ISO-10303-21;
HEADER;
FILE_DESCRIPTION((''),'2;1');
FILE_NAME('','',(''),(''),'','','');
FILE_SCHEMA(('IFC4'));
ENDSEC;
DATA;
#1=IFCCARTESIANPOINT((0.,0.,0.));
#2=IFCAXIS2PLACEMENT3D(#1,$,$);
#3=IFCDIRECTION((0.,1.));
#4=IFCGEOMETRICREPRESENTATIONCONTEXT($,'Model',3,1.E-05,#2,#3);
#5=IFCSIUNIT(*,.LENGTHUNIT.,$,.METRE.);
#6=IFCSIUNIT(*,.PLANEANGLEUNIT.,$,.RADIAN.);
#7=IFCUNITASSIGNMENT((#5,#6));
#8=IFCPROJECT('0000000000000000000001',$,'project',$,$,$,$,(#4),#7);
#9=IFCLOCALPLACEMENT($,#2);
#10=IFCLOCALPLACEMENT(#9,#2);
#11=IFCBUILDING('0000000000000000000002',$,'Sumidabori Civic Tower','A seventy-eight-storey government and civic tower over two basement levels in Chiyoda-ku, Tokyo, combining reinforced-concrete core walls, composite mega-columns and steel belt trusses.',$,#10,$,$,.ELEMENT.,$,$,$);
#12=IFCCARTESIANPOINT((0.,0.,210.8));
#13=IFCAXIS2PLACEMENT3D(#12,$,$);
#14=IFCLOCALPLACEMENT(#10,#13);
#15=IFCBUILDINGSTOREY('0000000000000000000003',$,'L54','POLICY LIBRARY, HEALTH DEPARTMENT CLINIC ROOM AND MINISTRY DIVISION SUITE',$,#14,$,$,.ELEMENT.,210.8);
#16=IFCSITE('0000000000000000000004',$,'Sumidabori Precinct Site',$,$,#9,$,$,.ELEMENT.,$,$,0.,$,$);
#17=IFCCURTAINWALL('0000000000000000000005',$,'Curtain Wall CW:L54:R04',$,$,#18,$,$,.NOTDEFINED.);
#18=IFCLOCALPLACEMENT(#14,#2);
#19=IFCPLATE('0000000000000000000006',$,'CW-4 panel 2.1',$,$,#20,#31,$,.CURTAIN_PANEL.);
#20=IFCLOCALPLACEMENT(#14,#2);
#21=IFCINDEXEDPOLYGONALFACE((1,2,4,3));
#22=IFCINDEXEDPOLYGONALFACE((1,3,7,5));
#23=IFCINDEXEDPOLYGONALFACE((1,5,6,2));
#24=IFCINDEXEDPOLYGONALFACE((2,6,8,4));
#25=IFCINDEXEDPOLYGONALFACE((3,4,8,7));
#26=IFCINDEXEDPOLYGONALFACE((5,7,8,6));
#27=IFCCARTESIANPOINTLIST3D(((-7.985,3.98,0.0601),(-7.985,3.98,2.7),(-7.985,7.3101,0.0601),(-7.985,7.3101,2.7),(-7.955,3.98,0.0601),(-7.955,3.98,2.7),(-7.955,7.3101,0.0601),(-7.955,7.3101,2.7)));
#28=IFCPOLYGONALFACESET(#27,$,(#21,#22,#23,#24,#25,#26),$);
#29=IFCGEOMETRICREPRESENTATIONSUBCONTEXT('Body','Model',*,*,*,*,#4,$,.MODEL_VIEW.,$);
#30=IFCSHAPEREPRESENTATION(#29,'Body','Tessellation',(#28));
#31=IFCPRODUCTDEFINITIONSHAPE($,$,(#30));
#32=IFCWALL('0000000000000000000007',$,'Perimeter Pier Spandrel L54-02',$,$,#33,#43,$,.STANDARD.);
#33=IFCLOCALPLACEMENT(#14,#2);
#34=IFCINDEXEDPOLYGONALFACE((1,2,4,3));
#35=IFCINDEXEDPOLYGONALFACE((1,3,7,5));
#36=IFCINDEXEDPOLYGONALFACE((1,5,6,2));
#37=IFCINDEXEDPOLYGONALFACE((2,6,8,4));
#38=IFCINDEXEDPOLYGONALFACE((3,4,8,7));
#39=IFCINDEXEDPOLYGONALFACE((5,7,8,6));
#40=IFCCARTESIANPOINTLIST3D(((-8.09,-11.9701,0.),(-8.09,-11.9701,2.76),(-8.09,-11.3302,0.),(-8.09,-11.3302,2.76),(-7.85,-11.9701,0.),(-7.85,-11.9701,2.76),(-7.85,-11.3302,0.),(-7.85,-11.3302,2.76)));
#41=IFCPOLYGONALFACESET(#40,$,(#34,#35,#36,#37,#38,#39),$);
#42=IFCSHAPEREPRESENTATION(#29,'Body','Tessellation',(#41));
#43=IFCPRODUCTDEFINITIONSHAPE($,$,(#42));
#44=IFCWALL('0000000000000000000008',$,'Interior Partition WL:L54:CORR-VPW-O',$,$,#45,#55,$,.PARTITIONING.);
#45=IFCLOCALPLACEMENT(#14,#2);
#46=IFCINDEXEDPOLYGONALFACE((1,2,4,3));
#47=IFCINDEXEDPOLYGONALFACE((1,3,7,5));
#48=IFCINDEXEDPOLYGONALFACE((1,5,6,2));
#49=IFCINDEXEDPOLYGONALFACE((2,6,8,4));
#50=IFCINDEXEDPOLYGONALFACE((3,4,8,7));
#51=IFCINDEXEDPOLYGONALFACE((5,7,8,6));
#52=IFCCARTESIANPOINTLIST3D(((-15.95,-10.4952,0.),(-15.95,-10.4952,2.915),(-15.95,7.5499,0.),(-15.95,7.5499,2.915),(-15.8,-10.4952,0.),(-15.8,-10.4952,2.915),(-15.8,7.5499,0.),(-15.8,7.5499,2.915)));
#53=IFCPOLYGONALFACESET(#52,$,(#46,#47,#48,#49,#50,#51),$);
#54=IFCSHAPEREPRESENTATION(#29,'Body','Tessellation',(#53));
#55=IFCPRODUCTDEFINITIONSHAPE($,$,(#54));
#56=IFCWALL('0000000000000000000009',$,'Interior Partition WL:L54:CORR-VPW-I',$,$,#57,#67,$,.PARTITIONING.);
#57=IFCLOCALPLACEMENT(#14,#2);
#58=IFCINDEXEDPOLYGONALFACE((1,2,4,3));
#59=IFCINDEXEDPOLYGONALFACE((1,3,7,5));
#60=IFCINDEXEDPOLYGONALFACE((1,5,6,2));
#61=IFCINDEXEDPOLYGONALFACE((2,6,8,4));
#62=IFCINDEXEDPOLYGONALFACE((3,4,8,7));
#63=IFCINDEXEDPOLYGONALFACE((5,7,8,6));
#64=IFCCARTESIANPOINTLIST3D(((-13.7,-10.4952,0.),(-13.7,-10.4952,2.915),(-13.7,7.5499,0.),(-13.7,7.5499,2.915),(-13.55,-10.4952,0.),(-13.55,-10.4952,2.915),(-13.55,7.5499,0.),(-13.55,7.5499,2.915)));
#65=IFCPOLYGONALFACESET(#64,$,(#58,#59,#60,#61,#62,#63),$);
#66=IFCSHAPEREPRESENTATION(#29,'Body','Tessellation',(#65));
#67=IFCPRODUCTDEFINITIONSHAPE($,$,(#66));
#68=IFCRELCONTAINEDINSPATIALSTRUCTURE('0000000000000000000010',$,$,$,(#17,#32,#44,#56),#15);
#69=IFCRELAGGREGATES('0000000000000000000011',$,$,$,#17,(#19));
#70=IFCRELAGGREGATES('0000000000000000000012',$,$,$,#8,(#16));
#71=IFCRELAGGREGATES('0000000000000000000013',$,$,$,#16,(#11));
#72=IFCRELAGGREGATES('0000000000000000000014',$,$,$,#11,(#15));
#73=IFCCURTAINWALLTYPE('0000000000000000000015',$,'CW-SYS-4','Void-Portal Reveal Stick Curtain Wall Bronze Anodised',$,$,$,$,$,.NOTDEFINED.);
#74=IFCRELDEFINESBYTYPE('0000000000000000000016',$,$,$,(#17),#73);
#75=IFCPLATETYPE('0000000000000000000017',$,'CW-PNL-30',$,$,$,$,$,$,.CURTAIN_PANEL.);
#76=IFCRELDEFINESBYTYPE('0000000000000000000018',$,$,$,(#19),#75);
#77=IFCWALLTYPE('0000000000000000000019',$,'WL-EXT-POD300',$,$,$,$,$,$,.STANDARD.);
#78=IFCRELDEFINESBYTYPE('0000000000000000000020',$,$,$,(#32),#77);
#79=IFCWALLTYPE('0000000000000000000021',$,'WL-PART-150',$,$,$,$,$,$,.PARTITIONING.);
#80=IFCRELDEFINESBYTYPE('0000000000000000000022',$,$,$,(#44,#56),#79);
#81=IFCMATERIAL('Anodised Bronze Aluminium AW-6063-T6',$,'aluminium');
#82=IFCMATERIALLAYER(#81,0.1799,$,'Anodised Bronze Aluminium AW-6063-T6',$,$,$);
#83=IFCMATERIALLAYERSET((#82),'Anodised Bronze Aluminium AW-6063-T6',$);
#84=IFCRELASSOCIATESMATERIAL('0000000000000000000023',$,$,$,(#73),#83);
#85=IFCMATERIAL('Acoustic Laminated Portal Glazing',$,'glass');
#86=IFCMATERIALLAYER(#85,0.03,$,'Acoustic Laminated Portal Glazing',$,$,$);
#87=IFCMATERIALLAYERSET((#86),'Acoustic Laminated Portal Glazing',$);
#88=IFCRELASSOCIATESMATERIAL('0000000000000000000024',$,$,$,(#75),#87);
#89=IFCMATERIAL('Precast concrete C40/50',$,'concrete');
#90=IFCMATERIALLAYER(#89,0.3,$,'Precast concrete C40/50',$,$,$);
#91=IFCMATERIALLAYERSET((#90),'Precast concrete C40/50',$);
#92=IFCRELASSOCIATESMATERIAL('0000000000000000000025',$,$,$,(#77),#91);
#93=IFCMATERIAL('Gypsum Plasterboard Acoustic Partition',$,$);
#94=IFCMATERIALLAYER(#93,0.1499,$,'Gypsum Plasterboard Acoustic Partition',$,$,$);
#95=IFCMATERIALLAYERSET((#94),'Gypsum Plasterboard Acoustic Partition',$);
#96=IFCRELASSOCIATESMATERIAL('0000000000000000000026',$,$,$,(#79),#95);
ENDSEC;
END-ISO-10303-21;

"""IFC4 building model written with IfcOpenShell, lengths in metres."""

from ifc_helpers import new_model, si_unit, direction, frame, frame_2d, origin, origin_2d, place, context, subcontext, project, spatial, rectangle, extrude, source, transform, mapped, material, layer, layer_set, type_object, element, aggregate, save


model = new_model("IFC4")

# Units and contexts
model_context = context("Model", 3, precision=1e-05, world=origin(), true_north=direction((0.0, 1.0)))
body_context = subcontext(model_context, "Body", "Model", "MODEL_VIEW")
ifc_project = project(units=[si_unit("LENGTHUNIT", "METRE"), si_unit("PLANEANGLEUNIT", "RADIAN")], contexts=[model_context])

# Site, building, storey
site_placement = place(None, origin())
site = spatial("IfcSite", under=ifc_project, at=site_placement, Name="Sumidabori Precinct Site", CompositionType="ELEMENT", RefElevation=0.0)
building_placement = place(site_placement, origin())
building = spatial("IfcBuilding", under=site, at=building_placement, Name="Sumidabori Civic Tower", Description="A seventy-eight-storey government and civic tower over two basement levels in Chiyoda-ku, Tokyo, combining reinforced-concrete core walls, composite mega-columns and steel belt trusses.", CompositionType="ELEMENT")
storey_placement = place(building_placement, frame((0.0, 0.0, 210.8)))
storey = spatial("IfcBuildingStorey", under=building, at=storey_placement, Name="L54", Description="POLICY LIBRARY, HEALTH DEPARTMENT CLINIC ROOM AND MINISTRY DIVISION SUITE", CompositionType="ELEMENT", Elevation=210.8)

# Curtain wall
ifc_material_1 = material(Name="Anodised Bronze Aluminium AW-6063-T6", Category="aluminium")
ifc_layer_1 = layer(ifc_material_1, 0.1799, Name="Anodised Bronze Aluminium AW-6063-T6")
ifc_layer_set_1 = layer_set([ifc_layer_1], Name="Anodised Bronze Aluminium AW-6063-T6")
curtain_wall_type_1 = type_object("IfcCurtainWallType", Name="CW-SYS-4", Description="Void-Portal Reveal Stick Curtain Wall Bronze Anodised", PredefinedType="NOTDEFINED", material=ifc_layer_set_1)
curtain_wall_1_placement = place(storey_placement, origin())
curtain_wall_1 = element("IfcCurtainWall", 1, at=curtain_wall_1_placement, inside=storey, type_object=curtain_wall_type_1, Name="Curtain Wall CW:L54:R04", PredefinedType="NOTDEFINED")

# Plate
ifc_material_2 = material(Name="Acoustic Laminated Portal Glazing", Category="glass")
ifc_layer_2 = layer(ifc_material_2, 0.03, Name="Acoustic Laminated Portal Glazing")
ifc_layer_set_2 = layer_set([ifc_layer_2], Name="Acoustic Laminated Portal Glazing")
plate_type_1 = type_object("IfcPlateType", Name="CW-PNL-30", PredefinedType="CURTAIN_PANEL", material=ifc_layer_set_2)
shared_shape_1 = source(origin(), body_context, "Body", "SweptSolid", [
    extrude(rectangle(XDim=3.3301, YDim=0.03, at=origin_2d()), origin(), (0.0, 0.0, 1.0), 2.6399),
])
plate_1_placement = place(storey_placement, frame((-7.97, 5.645, 0.0601), z_axis=(0.0, 0.0, 1.0), x_axis=(0.0, 1.0, 0.0)))
plate_1 = element("IfcPlate", 2, at=plate_1_placement, type_object=plate_type_1, Name="CW-4 panel 2.1", PredefinedType="CURTAIN_PANEL", context=body_context, shape_type="MappedRepresentation", body=[
    mapped(shared_shape_1, transform((0.0, 0.0, 0.0), x_axis=(1.0, 0.0, 0.0), y_axis=(0.0, 1.0, 0.0), z_axis=(0.0, 0.0, 1.0), scale=1.0)),
])
aggregate(curtain_wall_1, [plate_1])

# Walls
ifc_material_3 = material(Name="Precast concrete C40/50", Category="concrete")
ifc_layer_3 = layer(ifc_material_3, 0.3, Name="Precast concrete C40/50")
ifc_layer_set_3 = layer_set([ifc_layer_3], Name="Precast concrete C40/50")
wall_type_1 = type_object("IfcWallType", Name="WL-EXT-POD300", PredefinedType="STANDARD", material=ifc_layer_set_3)
shared_shape_2 = source(origin(), body_context, "Body", "SweptSolid", [
    extrude(rectangle(XDim=0.6399, YDim=0.24, at=frame_2d((0.3198, 0.0))), origin(), (0.0, 0.0, 1.0), 2.76),
])
wall_placement = place(storey_placement, frame((-7.97, -11.97, 0.0), z_axis=(0.0, 0.0, 1.0), x_axis=(0.0, 1.0, 0.0)))
element("IfcWall", 3, at=wall_placement, inside=storey, type_object=wall_type_1, Name="Perimeter Pier Spandrel L54-02", PredefinedType="STANDARD", context=body_context, shape_type="MappedRepresentation", body=[
    mapped(shared_shape_2, transform((0.0, 0.0, 0.0), x_axis=(1.0, 0.0, 0.0), y_axis=(0.0, 1.0, 0.0), z_axis=(0.0, 0.0, 1.0), scale=1.0)),
])
ifc_material_4 = material(Name="Gypsum Plasterboard Acoustic Partition")
ifc_layer_4 = layer(ifc_material_4, 0.1499, Name="Gypsum Plasterboard Acoustic Partition")
ifc_layer_set_4 = layer_set([ifc_layer_4], Name="Gypsum Plasterboard Acoustic Partition")
wall_type_2 = type_object("IfcWallType", Name="WL-PART-150", PredefinedType="PARTITIONING", material=ifc_layer_set_4)
shared_shape_3 = source(origin(), body_context, "Body", "SweptSolid", [
    extrude(rectangle(XDim=18.0452, YDim=0.1499, at=frame_2d((9.0225, 0.0))), origin(), (0.0, 0.0, 1.0), 2.915),
])
for number, where, z_axis, x_axis, name in (
    (4, (-15.875, -10.4951, 0.0), (0.0, 0.0, 1.0), (0.0, 1.0, 0.0), "Interior Partition WL:L54:CORR-VPW-O"),
    (5, (-13.625, -10.4951, 0.0), (0.0, 0.0, 1.0), (0.0, 1.0, 0.0), "Interior Partition WL:L54:CORR-VPW-I"),
):
    element("IfcWall", number, at=place(storey_placement, frame(where, z_axis=z_axis, x_axis=x_axis)), inside=storey, type_object=wall_type_2, Name=name, PredefinedType="PARTITIONING", context=body_context, shape_type="MappedRepresentation", body=[
        mapped(shared_shape_3, transform((0.0, 0.0, 0.0), x_axis=(1.0, 0.0, 0.0), y_axis=(0.0, 1.0, 0.0), z_axis=(0.0, 0.0, 1.0), scale=1.0)),
    ])

save(model, "model.ifc")
